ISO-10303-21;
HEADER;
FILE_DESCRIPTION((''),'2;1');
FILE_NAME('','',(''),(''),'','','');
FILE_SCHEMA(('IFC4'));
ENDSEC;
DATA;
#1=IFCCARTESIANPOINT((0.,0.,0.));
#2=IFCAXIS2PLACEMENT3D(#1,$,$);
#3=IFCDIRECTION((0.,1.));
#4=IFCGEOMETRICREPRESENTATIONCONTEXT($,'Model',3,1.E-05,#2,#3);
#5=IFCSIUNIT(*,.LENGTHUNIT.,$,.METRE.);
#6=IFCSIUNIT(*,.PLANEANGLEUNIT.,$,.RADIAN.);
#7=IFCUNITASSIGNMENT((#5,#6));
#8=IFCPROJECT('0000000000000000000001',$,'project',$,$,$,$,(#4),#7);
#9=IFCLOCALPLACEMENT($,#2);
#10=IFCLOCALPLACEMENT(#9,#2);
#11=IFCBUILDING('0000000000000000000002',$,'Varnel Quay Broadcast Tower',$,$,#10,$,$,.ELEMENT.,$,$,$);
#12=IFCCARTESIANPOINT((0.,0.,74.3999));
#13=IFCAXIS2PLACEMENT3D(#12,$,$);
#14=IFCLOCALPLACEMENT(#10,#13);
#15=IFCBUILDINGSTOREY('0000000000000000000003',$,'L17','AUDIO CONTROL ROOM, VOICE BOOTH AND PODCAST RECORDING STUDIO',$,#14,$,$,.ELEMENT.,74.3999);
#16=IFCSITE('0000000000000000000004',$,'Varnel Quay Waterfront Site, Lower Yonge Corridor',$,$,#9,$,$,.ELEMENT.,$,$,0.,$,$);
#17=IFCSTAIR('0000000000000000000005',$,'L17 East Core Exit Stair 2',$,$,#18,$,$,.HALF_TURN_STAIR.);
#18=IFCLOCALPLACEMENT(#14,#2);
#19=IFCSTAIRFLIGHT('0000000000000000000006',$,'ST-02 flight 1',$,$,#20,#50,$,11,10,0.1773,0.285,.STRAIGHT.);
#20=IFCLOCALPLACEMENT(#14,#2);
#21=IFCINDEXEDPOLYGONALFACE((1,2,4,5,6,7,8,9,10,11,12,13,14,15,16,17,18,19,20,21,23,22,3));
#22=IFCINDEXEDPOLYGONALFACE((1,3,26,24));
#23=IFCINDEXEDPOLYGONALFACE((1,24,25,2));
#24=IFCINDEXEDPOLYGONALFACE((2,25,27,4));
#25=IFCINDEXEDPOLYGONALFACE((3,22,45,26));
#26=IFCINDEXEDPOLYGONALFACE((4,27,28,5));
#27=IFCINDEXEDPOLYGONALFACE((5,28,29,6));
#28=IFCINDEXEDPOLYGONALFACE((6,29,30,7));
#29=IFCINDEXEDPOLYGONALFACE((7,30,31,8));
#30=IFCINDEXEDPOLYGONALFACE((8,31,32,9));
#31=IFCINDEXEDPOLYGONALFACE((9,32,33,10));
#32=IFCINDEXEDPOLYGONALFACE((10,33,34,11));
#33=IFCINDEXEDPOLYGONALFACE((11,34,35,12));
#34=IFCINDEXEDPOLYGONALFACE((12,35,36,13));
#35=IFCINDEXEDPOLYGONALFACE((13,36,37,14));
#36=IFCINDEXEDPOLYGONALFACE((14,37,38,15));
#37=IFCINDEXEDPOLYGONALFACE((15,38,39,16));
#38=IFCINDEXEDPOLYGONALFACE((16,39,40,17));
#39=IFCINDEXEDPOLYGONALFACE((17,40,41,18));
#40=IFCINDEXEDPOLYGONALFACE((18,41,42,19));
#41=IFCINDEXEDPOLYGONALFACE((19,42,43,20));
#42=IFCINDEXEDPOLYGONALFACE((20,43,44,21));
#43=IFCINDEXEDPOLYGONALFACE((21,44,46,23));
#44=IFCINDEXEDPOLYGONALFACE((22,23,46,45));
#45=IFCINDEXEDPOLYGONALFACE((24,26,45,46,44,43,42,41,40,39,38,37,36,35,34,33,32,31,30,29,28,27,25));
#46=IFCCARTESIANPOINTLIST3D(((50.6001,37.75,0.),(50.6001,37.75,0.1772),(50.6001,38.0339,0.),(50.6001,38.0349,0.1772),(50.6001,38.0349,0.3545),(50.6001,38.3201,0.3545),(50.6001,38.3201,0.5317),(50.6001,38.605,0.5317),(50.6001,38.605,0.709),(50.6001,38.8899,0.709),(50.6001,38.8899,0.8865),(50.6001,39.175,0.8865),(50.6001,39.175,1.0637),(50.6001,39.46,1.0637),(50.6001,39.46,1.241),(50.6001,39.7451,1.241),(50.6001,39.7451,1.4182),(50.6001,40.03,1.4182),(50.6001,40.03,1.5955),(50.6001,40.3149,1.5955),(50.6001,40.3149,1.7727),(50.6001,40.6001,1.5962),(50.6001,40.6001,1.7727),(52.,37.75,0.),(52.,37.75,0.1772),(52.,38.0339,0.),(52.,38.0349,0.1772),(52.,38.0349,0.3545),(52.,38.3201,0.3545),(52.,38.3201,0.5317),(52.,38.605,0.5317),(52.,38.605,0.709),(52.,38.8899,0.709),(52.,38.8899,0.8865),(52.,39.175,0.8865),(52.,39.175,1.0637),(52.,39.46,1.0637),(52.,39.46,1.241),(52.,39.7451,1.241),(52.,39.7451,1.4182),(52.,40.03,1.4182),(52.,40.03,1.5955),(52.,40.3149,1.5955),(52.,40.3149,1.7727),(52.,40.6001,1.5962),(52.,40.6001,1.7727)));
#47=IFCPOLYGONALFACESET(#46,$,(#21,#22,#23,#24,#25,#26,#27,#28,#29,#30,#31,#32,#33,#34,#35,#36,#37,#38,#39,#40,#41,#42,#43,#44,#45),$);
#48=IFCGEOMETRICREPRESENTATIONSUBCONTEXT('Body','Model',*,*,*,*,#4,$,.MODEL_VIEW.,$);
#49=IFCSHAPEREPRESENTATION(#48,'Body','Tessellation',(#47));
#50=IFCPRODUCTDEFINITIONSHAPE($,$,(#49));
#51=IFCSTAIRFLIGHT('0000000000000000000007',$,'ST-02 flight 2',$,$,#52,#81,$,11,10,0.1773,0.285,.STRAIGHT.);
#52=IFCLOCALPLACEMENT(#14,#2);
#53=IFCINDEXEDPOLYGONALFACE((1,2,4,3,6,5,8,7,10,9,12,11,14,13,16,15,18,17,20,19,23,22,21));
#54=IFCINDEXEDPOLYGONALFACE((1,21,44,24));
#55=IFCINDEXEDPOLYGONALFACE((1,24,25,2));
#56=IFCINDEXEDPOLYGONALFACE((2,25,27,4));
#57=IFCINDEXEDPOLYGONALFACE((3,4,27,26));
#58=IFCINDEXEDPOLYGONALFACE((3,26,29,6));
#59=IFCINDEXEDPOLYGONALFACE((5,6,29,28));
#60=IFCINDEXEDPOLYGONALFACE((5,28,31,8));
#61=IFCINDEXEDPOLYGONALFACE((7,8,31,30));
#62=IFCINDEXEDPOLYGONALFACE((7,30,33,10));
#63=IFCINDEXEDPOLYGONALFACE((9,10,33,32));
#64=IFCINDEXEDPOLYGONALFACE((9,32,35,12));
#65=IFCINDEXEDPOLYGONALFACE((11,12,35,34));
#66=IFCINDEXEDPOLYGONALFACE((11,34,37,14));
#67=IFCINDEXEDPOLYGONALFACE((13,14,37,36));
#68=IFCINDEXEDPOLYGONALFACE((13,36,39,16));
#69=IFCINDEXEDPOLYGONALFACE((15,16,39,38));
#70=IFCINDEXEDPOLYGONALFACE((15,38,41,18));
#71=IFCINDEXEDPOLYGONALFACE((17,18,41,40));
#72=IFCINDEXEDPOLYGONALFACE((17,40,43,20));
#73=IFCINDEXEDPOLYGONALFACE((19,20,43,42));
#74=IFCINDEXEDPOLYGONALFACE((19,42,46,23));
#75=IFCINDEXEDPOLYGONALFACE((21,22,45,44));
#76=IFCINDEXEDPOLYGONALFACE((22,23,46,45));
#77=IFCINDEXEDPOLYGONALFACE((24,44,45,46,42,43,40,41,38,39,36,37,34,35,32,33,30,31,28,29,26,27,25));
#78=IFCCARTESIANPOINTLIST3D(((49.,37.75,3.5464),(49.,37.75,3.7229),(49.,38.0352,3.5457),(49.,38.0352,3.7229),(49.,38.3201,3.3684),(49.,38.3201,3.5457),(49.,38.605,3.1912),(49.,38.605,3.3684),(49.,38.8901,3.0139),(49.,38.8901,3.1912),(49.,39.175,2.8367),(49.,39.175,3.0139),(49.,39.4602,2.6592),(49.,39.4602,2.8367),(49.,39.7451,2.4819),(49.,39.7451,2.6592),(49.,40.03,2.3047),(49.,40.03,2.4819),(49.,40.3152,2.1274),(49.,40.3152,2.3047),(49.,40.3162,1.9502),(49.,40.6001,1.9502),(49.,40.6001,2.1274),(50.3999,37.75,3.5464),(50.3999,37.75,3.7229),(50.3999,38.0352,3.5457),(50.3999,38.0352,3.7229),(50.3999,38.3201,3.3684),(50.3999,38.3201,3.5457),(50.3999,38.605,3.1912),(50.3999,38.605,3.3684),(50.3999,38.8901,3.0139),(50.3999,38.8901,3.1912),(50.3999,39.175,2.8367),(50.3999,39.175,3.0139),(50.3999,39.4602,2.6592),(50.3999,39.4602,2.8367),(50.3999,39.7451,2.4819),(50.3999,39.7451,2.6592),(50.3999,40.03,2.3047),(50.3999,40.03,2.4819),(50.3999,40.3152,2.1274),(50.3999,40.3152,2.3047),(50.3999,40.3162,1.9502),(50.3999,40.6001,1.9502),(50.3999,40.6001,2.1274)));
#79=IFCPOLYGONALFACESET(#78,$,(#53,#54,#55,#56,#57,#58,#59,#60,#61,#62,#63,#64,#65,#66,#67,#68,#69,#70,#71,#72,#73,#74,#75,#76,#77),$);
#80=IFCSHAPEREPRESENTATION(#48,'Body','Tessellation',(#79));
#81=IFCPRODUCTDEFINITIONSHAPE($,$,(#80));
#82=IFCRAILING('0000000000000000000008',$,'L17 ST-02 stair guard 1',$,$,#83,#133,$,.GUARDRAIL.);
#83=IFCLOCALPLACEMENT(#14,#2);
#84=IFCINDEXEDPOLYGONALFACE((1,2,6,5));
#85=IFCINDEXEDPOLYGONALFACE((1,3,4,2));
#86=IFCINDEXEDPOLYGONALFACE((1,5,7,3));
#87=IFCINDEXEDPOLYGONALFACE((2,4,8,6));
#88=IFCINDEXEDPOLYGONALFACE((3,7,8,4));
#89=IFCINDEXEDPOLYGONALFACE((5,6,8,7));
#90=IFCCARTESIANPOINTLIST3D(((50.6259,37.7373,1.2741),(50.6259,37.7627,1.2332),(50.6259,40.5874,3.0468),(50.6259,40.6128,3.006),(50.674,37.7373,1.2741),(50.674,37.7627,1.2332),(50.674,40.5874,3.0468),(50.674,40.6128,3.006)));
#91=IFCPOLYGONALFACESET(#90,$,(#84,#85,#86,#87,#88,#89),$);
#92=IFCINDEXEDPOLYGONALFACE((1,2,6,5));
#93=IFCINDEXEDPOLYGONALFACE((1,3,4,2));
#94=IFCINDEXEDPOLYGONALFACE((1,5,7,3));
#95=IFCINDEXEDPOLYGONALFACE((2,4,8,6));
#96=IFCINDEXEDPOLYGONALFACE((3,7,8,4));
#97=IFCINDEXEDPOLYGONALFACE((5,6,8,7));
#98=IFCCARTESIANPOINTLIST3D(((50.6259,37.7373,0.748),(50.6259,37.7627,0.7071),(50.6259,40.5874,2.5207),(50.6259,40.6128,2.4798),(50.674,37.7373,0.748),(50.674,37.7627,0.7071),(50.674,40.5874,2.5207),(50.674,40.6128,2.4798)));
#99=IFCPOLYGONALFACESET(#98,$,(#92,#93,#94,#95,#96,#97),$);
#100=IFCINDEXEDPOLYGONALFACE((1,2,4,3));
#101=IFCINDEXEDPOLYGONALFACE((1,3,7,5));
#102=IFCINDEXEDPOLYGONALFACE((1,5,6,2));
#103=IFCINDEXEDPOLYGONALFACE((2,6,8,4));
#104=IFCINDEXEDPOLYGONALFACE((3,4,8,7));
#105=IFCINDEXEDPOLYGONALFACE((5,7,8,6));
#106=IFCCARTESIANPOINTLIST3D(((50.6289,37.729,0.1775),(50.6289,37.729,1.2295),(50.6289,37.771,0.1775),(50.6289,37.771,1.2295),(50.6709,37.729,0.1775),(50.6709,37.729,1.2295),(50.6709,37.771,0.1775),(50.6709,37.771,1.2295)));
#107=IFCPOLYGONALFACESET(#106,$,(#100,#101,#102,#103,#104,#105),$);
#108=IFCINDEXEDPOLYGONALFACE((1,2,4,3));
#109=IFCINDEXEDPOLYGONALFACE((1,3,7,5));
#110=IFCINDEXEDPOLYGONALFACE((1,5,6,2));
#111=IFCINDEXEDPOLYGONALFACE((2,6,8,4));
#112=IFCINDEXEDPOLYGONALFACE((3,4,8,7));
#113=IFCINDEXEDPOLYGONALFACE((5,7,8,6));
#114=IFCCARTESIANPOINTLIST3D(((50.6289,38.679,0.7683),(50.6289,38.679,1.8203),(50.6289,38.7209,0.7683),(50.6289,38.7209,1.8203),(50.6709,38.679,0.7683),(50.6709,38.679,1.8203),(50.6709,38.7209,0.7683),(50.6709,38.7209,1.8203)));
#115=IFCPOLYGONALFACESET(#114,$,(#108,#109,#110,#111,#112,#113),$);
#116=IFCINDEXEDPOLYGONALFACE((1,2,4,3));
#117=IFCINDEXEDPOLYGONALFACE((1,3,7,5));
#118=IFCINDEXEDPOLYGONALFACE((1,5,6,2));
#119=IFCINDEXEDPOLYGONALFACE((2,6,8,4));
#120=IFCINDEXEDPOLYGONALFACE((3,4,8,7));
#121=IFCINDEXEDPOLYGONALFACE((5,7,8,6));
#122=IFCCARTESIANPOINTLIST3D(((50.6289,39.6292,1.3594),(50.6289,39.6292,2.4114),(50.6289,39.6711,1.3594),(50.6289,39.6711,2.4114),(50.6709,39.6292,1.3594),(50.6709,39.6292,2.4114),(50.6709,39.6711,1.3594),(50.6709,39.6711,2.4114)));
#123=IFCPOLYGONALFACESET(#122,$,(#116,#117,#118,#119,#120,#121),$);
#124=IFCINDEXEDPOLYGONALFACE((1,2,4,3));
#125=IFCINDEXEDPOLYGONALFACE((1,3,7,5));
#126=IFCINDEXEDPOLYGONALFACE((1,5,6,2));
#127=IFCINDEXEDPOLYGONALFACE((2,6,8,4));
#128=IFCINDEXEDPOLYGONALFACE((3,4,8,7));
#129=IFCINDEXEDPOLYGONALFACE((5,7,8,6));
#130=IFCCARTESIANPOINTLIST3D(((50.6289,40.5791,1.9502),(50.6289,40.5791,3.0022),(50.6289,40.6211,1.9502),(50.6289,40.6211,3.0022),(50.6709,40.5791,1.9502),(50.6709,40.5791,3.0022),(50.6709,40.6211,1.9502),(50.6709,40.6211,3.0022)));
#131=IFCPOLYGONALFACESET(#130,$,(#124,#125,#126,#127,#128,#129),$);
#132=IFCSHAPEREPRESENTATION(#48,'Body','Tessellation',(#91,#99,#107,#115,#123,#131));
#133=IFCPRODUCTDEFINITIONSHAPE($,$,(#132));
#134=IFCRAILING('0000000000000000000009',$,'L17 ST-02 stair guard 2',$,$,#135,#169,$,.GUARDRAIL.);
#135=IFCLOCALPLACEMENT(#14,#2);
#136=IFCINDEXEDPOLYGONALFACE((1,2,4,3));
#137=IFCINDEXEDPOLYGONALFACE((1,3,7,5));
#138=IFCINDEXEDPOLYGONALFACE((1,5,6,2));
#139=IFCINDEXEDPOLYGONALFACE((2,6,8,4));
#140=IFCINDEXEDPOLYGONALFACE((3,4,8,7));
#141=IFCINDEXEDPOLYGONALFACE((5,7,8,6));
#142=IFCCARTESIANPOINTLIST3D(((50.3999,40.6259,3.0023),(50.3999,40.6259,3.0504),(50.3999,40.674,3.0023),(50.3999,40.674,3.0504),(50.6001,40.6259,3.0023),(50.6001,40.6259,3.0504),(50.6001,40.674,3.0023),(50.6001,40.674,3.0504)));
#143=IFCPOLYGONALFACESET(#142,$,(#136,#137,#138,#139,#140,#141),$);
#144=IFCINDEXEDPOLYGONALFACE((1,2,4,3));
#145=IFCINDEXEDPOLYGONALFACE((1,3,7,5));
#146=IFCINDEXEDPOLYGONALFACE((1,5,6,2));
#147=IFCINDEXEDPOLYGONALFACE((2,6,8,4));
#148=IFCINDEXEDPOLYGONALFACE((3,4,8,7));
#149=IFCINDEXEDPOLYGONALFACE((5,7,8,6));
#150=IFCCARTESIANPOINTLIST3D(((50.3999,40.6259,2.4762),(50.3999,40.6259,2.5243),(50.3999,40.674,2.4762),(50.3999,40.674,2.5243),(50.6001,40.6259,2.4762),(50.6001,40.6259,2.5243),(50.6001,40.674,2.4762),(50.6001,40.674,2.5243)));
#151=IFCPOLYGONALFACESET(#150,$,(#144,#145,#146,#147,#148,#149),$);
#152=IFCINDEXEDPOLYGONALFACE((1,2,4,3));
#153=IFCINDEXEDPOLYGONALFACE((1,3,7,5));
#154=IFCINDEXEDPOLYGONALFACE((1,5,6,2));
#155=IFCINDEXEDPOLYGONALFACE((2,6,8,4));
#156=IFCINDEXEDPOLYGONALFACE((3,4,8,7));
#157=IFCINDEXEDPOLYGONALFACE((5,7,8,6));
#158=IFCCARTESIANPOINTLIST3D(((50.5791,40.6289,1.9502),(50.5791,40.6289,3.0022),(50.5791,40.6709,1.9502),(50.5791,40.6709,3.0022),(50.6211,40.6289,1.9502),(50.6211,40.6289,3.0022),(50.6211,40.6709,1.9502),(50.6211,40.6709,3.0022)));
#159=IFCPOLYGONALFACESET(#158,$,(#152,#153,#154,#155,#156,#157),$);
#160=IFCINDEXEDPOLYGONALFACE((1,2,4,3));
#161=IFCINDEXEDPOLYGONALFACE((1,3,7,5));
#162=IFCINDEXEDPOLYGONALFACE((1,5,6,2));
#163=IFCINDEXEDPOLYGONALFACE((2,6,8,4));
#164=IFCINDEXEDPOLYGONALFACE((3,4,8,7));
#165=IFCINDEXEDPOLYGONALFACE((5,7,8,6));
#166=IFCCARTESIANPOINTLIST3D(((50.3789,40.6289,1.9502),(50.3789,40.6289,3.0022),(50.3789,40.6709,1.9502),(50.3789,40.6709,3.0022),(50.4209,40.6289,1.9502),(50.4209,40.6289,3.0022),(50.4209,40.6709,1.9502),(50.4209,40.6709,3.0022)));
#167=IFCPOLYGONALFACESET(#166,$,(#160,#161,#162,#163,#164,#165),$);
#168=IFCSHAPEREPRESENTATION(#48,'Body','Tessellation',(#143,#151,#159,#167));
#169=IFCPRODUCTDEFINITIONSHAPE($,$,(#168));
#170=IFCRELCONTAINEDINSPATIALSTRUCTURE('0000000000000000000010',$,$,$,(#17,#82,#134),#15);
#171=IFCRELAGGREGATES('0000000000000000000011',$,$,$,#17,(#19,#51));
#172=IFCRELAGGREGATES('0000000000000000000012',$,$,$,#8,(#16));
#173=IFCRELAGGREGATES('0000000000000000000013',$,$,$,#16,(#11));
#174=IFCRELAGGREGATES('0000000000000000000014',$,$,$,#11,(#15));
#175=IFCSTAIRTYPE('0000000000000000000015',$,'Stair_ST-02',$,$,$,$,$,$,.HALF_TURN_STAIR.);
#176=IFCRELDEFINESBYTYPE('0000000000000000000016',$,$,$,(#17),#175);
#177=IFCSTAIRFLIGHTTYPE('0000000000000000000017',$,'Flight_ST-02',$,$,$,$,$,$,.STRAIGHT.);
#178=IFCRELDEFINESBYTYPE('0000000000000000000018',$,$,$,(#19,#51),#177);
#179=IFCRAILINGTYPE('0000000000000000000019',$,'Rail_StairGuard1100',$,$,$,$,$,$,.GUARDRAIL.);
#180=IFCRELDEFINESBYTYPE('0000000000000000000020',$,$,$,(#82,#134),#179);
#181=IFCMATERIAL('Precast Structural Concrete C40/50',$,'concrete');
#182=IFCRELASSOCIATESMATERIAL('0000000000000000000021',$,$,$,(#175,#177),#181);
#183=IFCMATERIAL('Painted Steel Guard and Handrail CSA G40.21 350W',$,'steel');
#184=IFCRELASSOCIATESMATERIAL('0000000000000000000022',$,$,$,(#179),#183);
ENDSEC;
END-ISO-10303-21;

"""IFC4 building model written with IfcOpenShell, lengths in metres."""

from ifc_helpers import new_model, si_unit, direction, frame, origin, origin_2d, place, context, subcontext, project, spatial, polyline, rectangle, outline, extrude, material, type_object, element, aggregate, save


model = new_model("IFC4")

# Units and contexts
model_context = context("Model", 3, precision=1e-05, world=origin(), true_north=direction((0.0, 1.0)))
body_context = subcontext(model_context, "Body", "Model", "MODEL_VIEW")
ifc_project = project(units=[si_unit("LENGTHUNIT", "METRE"), si_unit("PLANEANGLEUNIT", "RADIAN")], contexts=[model_context])

# Site, building, storey
site_placement = place(None, origin())
site = spatial("IfcSite", under=ifc_project, at=site_placement, Name="Varnel Quay Waterfront Site, Lower Yonge Corridor", CompositionType="ELEMENT", RefElevation=0.0)
building_placement = place(site_placement, origin())
building = spatial("IfcBuilding", under=site, at=building_placement, Name="Varnel Quay Broadcast Tower", CompositionType="ELEMENT")
storey_placement = place(building_placement, frame((0.0, 0.0, 74.3999)))
storey = spatial("IfcBuildingStorey", under=building, at=storey_placement, Name="L17", Description="AUDIO CONTROL ROOM, VOICE BOOTH AND PODCAST RECORDING STUDIO", CompositionType="ELEMENT", Elevation=74.3999)

# Stair, stair flights
ifc_material_1 = material(Name="Precast Structural Concrete C40/50", Category="concrete")
stair_type = type_object("IfcStairType", Name="Stair_ST-02", PredefinedType="HALF_TURN_STAIR", material=ifc_material_1)
stair_placement = place(storey_placement, origin())
stair = element("IfcStair", 1, at=stair_placement, inside=storey, type_object=stair_type, Name="L17 East Core Exit Stair 2", PredefinedType="HALF_TURN_STAIR")
stair_flight_type = type_object("IfcStairFlightType", Name="Flight_ST-02", PredefinedType="STRAIGHT", material=ifc_material_1)
stair_flight_1_placement = place(storey_placement, frame((51.3, 37.75, 0.0), z_axis=(0.0, 0.0, 1.0), x_axis=(0.0, 1.0, 0.0)))
stair_flight_1 = element("IfcStairFlight", 2, at=stair_flight_1_placement, type_object=stair_flight_type, Name="ST-02 flight 1", NumberOfRisers=11, NumberOfTreads=10, PredefinedType="STRAIGHT", RiserHeight=0.1773, TreadLength=0.285, context=body_context, shape_type="SweptSolid", body=[
    extrude(outline(polyline([(0.0, 0.0), (0.0, 0.1772), (0.2849, 0.1772), (0.2849, 0.3545), (0.5701, 0.3545), (0.5701, 0.5317), (0.855, 0.5317), (0.855, 0.709), (1.1399, 0.709), (1.1399, 0.8865), (1.425, 0.8865), (1.425, 1.0637), (1.71, 1.0637), (1.71, 1.241), (1.9951, 1.241), (1.9951, 1.4182), (2.28, 1.4182), (2.28, 1.5955), (2.5649, 1.5955), (2.5649, 1.7727), (2.8501, 1.7727), (2.8501, 1.95), (2.8501, 1.5962), (0.2839, 0.0), (0.0, 0.0)])), frame((0.0, 0.7, 0.0), z_axis=(0.0, -1.0, 0.0), x_axis=(1.0, 0.0, 0.0)), (0.0, 0.0, 1.0), 1.3999),
])
stair_flight_2_placement = place(storey_placement, frame((49.7, 40.6001, 1.9502), z_axis=(0.0, 0.0, 1.0), x_axis=(0.0, -1.0, 0.0)))
stair_flight_2 = element("IfcStairFlight", 3, at=stair_flight_2_placement, type_object=stair_flight_type, Name="ST-02 flight 2", NumberOfRisers=11, NumberOfTreads=10, PredefinedType="STRAIGHT", RiserHeight=0.1773, TreadLength=0.285, context=body_context, shape_type="SweptSolid", body=[
    extrude(outline(polyline([(0.0, 0.0), (0.0, 0.1772), (0.2849, 0.1772), (0.2849, 0.3545), (0.5701, 0.3545), (0.5701, 0.5317), (0.855, 0.5317), (0.855, 0.709), (1.1399, 0.709), (1.1399, 0.8865), (1.425, 0.8865), (1.425, 1.0637), (1.71, 1.0637), (1.71, 1.241), (1.9951, 1.241), (1.9951, 1.4182), (2.28, 1.4182), (2.28, 1.5955), (2.5649, 1.5955), (2.5649, 1.7727), (2.8501, 1.7727), (2.8501, 1.95), (2.8501, 1.5962), (0.2839, 0.0), (0.0, 0.0)])), frame((0.0, 0.7, 0.0), z_axis=(0.0, -1.0, 0.0), x_axis=(1.0, 0.0, 0.0)), (0.0, 0.0, 1.0), 1.3999),
])
aggregate(stair, [stair_flight_1, stair_flight_2])

# Railings
ifc_material_2 = material(Name="Painted Steel Guard and Handrail CSA G40.21 350W", Category="steel")
railing_type_1 = type_object("IfcRailingType", Name="Rail_StairGuard1100", PredefinedType="GUARDRAIL", material=ifc_material_2)
railing_1_placement = place(storey_placement, frame((50.6499, 37.75, 0.1775)))
element("IfcRailing", 4, at=railing_1_placement, inside=storey, type_object=railing_type_1, Name="L17 ST-02 stair guard 1", PredefinedType="GUARDRAIL", context=body_context, shape_type="SweptSolid", body=[
    extrude(rectangle(XDim=0.0481, YDim=0.0481, at=origin_2d()), frame((0.0, 0.0, 1.0762), z_axis=(0.0, 0.849149, 0.528154), x_axis=(-1.0, 0.0, 0.0)), (0.0, 0.0, 1.0), 3.3564),
    extrude(rectangle(XDim=0.0481, YDim=0.0481, at=origin_2d()), frame((0.0, 0.0, 0.55), z_axis=(0.0, 0.849149, 0.528154), x_axis=(-1.0, 0.0, 0.0)), (0.0, 0.0, 1.0), 3.3564),
    extrude(rectangle(XDim=0.042, YDim=0.042, at=origin_2d()), origin(), (0.0, 0.0, 1.0), 1.052),
    extrude(rectangle(XDim=0.042, YDim=0.042, at=origin_2d()), frame((0.0, 0.95, 0.5908)), (0.0, 0.0, 1.0), 1.052),
    extrude(rectangle(XDim=0.042, YDim=0.042, at=origin_2d()), frame((0.0, 1.9001, 1.1819)), (0.0, 0.0, 1.0), 1.052),
    extrude(rectangle(XDim=0.042, YDim=0.042, at=origin_2d()), frame((0.0, 2.8501, 1.7727)), (0.0, 0.0, 1.0), 1.052),
])
railing_2_placement = place(storey_placement, frame((50.6001, 40.6499, 1.9502)))
element("IfcRailing", 5, at=railing_2_placement, inside=storey, type_object=railing_type_1, Name="L17 ST-02 stair guard 2", PredefinedType="GUARDRAIL", context=body_context, shape_type="SweptSolid", body=[
    extrude(rectangle(XDim=0.0481, YDim=0.0481, at=origin_2d()), frame((0.0, 0.0, 1.0762), z_axis=(-1.0, 0.0, 0.0), x_axis=(0.0, -1.0, 0.0)), (0.0, 0.0, 1.0), 0.2002),
    extrude(rectangle(XDim=0.0481, YDim=0.0481, at=origin_2d()), frame((0.0, 0.0, 0.55), z_axis=(-1.0, 0.0, 0.0), x_axis=(0.0, -1.0, 0.0)), (0.0, 0.0, 1.0), 0.2002),
    extrude(rectangle(XDim=0.042, YDim=0.042, at=origin_2d()), origin(), (0.0, 0.0, 1.0), 1.052),
    extrude(rectangle(XDim=0.042, YDim=0.042, at=origin_2d()), frame((-0.2002, 0.0, 0.0)), (0.0, 0.0, 1.0), 1.052),
])

save(model, "model.ifc")
